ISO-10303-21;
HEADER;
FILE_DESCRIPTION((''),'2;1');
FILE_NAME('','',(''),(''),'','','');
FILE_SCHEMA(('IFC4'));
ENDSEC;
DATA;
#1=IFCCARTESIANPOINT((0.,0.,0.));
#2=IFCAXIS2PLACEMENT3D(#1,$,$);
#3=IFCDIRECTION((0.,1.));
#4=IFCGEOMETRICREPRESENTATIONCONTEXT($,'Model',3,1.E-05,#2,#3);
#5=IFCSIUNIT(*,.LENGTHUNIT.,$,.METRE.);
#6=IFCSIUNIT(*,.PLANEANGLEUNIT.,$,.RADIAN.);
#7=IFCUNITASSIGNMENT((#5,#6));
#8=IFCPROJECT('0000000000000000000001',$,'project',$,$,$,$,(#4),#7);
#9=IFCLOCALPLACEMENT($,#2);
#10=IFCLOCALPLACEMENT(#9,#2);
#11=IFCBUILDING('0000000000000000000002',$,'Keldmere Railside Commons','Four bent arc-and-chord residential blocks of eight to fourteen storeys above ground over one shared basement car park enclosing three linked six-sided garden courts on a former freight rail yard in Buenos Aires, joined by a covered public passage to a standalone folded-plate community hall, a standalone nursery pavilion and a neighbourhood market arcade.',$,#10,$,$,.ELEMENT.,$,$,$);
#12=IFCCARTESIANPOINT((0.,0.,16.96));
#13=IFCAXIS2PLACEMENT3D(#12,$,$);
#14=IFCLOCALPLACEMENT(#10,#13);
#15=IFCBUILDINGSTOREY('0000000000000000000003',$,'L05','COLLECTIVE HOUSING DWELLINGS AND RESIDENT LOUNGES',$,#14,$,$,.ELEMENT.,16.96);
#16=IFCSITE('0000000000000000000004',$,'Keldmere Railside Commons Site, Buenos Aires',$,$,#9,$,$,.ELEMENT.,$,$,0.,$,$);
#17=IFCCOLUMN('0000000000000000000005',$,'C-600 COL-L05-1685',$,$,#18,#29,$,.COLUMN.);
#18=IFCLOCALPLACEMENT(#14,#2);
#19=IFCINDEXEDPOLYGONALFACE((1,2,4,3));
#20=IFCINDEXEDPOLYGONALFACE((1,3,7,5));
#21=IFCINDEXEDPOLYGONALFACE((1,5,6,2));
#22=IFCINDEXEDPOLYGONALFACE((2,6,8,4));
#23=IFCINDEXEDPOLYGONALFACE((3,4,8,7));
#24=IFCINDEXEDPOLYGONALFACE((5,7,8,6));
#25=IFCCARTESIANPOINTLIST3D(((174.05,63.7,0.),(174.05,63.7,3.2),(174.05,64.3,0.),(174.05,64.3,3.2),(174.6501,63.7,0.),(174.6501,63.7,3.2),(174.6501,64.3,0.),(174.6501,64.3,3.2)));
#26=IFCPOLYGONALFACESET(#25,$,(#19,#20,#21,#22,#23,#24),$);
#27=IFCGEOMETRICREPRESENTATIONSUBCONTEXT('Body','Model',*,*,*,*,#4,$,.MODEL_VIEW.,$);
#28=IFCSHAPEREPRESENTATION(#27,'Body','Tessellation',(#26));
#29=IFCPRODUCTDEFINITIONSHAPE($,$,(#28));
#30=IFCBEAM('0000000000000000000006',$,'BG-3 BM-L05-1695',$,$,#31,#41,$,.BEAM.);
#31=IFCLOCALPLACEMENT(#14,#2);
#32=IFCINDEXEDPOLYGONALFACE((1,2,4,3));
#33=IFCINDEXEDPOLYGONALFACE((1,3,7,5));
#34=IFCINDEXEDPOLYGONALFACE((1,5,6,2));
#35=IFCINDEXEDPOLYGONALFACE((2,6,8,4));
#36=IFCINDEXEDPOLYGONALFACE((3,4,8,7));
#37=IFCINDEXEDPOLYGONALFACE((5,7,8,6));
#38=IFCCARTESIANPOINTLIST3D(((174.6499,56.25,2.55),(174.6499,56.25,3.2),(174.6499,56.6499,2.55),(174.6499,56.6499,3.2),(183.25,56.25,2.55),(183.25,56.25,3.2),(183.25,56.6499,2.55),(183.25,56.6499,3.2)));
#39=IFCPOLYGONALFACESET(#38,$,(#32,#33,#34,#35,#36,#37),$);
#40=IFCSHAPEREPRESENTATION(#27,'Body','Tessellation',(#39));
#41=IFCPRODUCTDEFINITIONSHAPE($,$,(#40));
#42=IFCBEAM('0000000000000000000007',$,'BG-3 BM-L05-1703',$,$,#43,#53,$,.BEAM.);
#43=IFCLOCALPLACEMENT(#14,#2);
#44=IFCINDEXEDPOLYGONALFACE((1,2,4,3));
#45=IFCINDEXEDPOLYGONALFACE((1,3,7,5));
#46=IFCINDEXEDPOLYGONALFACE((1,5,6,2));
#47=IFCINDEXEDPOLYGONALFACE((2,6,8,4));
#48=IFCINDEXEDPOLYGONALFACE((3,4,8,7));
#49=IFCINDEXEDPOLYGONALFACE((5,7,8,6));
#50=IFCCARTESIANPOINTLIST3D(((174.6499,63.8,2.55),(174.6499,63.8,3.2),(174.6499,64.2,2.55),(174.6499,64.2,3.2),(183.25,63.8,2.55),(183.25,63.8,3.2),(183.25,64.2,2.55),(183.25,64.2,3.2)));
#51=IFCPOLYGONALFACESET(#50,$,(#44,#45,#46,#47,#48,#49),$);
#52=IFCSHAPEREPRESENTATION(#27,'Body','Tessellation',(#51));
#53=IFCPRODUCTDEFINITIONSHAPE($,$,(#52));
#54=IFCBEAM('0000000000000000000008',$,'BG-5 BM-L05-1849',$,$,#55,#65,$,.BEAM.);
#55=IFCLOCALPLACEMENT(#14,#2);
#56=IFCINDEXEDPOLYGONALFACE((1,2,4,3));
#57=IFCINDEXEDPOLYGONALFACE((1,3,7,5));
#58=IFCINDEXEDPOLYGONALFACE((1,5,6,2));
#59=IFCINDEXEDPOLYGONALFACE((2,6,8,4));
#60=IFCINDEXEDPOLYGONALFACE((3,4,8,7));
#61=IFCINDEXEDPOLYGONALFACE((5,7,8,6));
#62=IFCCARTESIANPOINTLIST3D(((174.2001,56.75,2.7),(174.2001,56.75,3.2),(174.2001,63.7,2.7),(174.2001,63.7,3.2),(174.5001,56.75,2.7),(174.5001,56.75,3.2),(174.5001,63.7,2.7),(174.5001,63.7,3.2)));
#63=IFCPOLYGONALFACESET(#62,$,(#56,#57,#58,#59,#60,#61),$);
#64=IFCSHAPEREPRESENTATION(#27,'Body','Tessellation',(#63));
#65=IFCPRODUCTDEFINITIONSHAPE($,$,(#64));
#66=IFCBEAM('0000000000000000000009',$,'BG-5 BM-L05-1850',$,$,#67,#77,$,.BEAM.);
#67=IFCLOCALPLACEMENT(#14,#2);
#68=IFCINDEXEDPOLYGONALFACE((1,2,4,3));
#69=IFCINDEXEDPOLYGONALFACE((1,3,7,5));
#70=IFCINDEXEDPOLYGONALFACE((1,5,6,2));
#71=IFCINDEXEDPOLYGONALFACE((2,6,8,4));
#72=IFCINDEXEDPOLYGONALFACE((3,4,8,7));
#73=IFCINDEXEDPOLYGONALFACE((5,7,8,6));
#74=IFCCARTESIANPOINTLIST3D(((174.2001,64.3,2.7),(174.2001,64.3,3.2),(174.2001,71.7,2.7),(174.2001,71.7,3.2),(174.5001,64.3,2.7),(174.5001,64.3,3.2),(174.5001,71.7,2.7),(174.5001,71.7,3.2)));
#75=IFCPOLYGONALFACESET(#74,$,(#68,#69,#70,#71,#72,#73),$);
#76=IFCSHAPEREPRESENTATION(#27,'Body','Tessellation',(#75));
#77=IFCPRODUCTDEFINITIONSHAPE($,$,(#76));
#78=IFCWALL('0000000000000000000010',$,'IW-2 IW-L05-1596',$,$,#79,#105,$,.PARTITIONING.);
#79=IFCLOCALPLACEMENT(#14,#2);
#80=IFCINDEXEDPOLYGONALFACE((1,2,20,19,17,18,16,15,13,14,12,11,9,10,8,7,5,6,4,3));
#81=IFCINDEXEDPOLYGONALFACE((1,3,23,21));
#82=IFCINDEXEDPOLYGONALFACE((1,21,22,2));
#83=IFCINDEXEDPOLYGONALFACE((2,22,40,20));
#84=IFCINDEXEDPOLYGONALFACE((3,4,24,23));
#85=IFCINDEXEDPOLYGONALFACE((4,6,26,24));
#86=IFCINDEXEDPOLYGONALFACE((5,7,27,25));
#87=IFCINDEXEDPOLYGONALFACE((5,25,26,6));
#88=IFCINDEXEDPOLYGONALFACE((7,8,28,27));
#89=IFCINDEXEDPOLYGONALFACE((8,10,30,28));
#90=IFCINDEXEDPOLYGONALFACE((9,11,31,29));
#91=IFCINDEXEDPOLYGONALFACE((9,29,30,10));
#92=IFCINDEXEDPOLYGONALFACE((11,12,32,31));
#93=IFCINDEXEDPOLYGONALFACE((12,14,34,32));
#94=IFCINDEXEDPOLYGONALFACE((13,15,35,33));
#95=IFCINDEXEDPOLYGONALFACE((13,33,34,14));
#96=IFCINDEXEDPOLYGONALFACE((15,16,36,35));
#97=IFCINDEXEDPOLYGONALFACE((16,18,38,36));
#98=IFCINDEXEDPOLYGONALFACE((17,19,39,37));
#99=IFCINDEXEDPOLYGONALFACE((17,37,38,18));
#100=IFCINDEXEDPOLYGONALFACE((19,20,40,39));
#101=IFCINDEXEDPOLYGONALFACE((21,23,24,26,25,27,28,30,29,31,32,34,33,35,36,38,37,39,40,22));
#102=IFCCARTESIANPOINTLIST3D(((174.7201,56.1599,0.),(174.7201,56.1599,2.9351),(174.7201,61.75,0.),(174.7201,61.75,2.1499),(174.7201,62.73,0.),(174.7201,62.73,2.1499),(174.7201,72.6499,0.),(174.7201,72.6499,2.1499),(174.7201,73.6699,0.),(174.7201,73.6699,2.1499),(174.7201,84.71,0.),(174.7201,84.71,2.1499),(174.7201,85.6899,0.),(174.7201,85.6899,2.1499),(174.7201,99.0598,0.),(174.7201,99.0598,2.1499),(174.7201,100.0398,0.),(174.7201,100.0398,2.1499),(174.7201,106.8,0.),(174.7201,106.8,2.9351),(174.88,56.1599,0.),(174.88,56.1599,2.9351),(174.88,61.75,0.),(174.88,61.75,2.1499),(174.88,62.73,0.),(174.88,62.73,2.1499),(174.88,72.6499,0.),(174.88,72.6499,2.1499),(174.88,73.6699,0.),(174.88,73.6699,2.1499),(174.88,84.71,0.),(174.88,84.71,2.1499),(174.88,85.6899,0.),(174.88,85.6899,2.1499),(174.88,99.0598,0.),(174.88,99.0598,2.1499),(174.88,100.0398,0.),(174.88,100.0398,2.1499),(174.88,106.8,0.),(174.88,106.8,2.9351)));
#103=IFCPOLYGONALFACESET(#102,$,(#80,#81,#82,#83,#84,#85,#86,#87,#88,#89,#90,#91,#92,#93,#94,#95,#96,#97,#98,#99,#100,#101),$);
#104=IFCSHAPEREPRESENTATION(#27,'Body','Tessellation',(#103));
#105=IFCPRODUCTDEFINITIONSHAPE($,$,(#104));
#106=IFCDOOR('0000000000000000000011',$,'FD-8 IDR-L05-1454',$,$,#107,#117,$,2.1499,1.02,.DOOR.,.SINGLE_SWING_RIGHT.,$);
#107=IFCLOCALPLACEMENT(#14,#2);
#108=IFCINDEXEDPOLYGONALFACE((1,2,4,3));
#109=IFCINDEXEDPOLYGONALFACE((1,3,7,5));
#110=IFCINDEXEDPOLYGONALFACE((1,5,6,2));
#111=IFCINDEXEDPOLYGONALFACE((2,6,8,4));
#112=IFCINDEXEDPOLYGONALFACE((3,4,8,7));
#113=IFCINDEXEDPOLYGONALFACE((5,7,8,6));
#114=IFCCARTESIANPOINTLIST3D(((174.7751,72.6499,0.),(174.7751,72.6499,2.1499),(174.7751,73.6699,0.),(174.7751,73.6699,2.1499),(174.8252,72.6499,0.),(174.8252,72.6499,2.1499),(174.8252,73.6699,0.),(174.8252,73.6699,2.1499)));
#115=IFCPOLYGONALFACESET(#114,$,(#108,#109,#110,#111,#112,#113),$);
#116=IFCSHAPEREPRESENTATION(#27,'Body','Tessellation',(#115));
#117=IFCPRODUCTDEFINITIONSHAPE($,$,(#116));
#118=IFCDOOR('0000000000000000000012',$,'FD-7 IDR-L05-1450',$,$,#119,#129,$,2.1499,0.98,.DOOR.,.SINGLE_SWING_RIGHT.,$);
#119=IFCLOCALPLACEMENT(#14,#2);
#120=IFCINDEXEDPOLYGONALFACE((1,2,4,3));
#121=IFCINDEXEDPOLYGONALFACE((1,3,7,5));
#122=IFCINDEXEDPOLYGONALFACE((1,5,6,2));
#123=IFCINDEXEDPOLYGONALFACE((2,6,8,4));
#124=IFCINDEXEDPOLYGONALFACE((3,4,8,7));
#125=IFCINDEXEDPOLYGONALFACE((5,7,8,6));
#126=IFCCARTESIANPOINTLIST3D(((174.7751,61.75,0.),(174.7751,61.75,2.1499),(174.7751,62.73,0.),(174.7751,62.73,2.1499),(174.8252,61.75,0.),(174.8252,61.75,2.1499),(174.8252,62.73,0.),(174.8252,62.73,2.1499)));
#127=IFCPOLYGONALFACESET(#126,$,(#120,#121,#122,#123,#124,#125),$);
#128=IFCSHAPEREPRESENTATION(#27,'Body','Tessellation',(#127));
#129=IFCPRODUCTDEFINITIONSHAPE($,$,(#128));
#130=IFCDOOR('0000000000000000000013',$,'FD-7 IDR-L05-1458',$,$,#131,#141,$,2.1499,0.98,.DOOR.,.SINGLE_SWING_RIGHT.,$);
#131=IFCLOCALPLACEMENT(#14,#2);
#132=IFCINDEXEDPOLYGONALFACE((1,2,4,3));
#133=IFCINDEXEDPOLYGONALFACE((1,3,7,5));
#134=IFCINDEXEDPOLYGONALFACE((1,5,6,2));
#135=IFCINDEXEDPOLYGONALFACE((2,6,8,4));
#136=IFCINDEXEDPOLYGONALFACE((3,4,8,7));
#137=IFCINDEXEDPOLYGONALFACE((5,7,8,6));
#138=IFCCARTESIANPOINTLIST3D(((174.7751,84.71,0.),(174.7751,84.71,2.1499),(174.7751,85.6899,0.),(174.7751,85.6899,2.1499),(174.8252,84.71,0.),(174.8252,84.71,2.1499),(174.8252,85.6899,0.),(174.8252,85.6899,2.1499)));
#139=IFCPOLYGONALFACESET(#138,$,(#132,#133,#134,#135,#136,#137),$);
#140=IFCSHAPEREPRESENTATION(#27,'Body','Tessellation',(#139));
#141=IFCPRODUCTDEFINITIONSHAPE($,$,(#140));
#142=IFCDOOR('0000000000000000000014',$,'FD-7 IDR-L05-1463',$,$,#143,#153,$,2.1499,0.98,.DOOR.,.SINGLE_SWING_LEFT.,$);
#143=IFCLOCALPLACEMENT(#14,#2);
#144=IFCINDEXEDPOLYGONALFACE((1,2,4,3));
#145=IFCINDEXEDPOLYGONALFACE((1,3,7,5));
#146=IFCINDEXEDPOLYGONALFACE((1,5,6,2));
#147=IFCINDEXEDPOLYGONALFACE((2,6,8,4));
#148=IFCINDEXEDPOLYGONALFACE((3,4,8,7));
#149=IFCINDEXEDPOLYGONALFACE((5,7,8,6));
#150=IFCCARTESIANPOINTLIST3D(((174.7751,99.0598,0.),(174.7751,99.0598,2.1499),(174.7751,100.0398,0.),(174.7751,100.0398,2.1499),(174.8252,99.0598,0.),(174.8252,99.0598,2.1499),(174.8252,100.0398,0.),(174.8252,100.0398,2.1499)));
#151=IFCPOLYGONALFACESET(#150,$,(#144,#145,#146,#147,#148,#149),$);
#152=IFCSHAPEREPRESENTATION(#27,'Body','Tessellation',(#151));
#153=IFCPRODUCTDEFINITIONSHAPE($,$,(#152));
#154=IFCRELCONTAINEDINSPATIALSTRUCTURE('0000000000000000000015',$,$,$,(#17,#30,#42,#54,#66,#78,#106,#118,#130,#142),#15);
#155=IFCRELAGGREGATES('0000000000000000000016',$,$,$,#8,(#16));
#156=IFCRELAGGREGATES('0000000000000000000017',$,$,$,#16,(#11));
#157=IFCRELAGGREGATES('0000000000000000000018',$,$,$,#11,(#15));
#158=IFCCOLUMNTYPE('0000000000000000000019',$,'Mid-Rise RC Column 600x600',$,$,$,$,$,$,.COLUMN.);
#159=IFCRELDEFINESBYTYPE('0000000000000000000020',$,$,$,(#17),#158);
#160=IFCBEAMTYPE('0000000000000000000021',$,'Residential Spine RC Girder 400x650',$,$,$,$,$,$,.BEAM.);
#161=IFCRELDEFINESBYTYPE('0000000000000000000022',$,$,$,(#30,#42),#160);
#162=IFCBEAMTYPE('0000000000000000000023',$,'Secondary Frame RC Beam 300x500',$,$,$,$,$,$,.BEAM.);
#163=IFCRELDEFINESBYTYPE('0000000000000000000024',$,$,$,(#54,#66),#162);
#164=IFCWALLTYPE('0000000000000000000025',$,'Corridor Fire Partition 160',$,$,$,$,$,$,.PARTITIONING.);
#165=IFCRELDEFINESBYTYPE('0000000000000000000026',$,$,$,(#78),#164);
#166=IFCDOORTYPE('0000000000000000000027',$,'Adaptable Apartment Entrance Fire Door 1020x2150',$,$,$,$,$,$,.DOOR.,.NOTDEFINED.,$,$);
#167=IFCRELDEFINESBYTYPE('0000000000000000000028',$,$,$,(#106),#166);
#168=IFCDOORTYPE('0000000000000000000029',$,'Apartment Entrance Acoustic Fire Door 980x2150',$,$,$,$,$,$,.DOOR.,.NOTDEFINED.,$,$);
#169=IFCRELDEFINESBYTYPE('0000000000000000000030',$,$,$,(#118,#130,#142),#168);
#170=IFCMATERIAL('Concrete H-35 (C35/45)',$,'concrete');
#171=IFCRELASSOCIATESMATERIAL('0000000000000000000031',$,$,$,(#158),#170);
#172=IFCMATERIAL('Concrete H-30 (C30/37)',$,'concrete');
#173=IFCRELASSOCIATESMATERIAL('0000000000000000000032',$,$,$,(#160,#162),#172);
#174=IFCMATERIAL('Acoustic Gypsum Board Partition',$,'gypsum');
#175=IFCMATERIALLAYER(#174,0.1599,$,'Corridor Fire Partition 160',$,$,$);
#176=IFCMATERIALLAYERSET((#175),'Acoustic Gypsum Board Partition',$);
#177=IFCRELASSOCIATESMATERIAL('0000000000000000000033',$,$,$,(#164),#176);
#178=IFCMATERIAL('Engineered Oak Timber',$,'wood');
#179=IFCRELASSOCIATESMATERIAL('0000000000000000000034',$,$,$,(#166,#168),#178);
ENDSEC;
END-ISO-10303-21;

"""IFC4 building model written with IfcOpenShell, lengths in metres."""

from ifc_helpers import new_model, si_unit, direction, frame, frame_2d, origin, origin_2d, place, context, subcontext, project, spatial, rectangle, extrude, material, layer, layer_set, material_profile, profile_set, type_object, element, fill, save


model = new_model("IFC4")

# Units and contexts
model_context = context("Model", 3, precision=1e-05, world=origin(), true_north=direction((0.0, 1.0)))
body_context = subcontext(model_context, "Body", "Model", "MODEL_VIEW")
ifc_project = project(units=[si_unit("LENGTHUNIT", "METRE"), si_unit("PLANEANGLEUNIT", "RADIAN")], contexts=[model_context])

# Site, building, storey
site_placement = place(None, origin())
site = spatial("IfcSite", under=ifc_project, at=site_placement, Name="Keldmere Railside Commons Site, Buenos Aires", CompositionType="ELEMENT", RefElevation=0.0)
building_placement = place(site_placement, origin())
building = spatial("IfcBuilding", under=site, at=building_placement, Name="Keldmere Railside Commons", Description="Four bent arc-and-chord residential blocks of eight to fourteen storeys above ground over one shared basement car park enclosing three linked six-sided garden courts on a former freight rail yard in Buenos Aires, joined by a covered public passage to a standalone folded-plate community hall, a standalone nursery pavilion and a neighbourhood market arcade.", CompositionType="ELEMENT")
storey_placement = place(building_placement, frame((0.0, 0.0, 16.96)))
storey = spatial("IfcBuildingStorey", under=building, at=storey_placement, Name="L05", Description="COLLECTIVE HOUSING DWELLINGS AND RESIDENT LOUNGES", CompositionType="ELEMENT", Elevation=16.96)

# Column
ifc_material_1 = material(Name="Concrete H-35 (C35/45)", Category="concrete")
ifc_material_profile_1 = material_profile(ifc_material_1, rectangle(XDim=0.6001, YDim=0.6001, at=origin_2d()), Name="RC-600x600")
ifc_profile_set_1 = profile_set([ifc_material_profile_1], Name="Concrete H-35 (C35/45)")
column_type = type_object("IfcColumnType", Name="Mid-Rise RC Column 600x600", PredefinedType="COLUMN", material=ifc_profile_set_1)
column_placement = place(storey_placement, frame((174.3501, 64.0, 0.0), z_axis=(0.0, 0.0, 1.0), x_axis=(1.0, 0.0, 0.0)))
element("IfcColumn", 1, at=column_placement, inside=storey, type_object=column_type, Name="C-600 COL-L05-1685", PredefinedType="COLUMN", context=body_context, shape_type="SweptSolid", body=[
    extrude(rectangle(XDim=0.6001, YDim=0.6001, at=origin_2d()), origin(), (0.0, 0.0, 1.0), 3.2),
])

# Beams
ifc_material_2 = material(Name="Concrete H-30 (C30/37)", Category="concrete")
ifc_material_profile_2 = material_profile(ifc_material_2, rectangle(XDim=0.3999, YDim=0.6499, at=origin_2d()), Name="RC-400x650")
ifc_profile_set_2 = profile_set([ifc_material_profile_2], Name="Concrete H-30 (C30/37)")
beam_type_1 = type_object("IfcBeamType", Name="Residential Spine RC Girder 400x650", PredefinedType="BEAM", material=ifc_profile_set_2)
for number, where, z_axis, x_axis, name in (
    (2, (174.6499, 56.45, 2.875), (1.0, 0.0, 0.0), (0.0, 1.0, 0.0), "BG-3 BM-L05-1695"),
    (3, (174.6499, 64.0, 2.875), (1.0, 0.0, 0.0), (0.0, 1.0, 0.0), "BG-3 BM-L05-1703"),
):
    element("IfcBeam", number, at=place(storey_placement, frame(where, z_axis=z_axis, x_axis=x_axis)), inside=storey, type_object=beam_type_1, Name=name, PredefinedType="BEAM", context=body_context, shape_type="SweptSolid", body=[
        extrude(rectangle(XDim=0.3999, YDim=0.6499, at=origin_2d()), origin(), (0.0, 0.0, 1.0), 8.6001),
    ])
ifc_material_profile_3 = material_profile(ifc_material_2, rectangle(XDim=0.3, YDim=0.5, at=origin_2d()), Name="RC-300x500")
ifc_profile_set_3 = profile_set([ifc_material_profile_3], Name="Concrete H-30 (C30/37)")
beam_type_2 = type_object("IfcBeamType", Name="Secondary Frame RC Beam 300x500", PredefinedType="BEAM", material=ifc_profile_set_3)
beam_1_placement = place(storey_placement, frame((174.3501, 56.75, 2.95), z_axis=(0.0, 1.0, 0.0), x_axis=(-1.0, 0.0, 0.0)))
element("IfcBeam", 4, at=beam_1_placement, inside=storey, type_object=beam_type_2, Name="BG-5 BM-L05-1849", PredefinedType="BEAM", context=body_context, shape_type="SweptSolid", body=[
    extrude(rectangle(XDim=0.3, YDim=0.5, at=origin_2d()), origin(), (0.0, 0.0, 1.0), 6.95),
])
beam_2_placement = place(storey_placement, frame((174.3501, 64.3, 2.95), z_axis=(0.0, 1.0, 0.0), x_axis=(-1.0, 0.0, 0.0)))
element("IfcBeam", 5, at=beam_2_placement, inside=storey, type_object=beam_type_2, Name="BG-5 BM-L05-1850", PredefinedType="BEAM", context=body_context, shape_type="SweptSolid", body=[
    extrude(rectangle(XDim=0.3, YDim=0.5, at=origin_2d()), origin(), (0.0, 0.0, 1.0), 7.3999),
])

# Wall, openings, doors
ifc_material_3 = material(Name="Acoustic Gypsum Board Partition", Category="gypsum")
ifc_layer = layer(ifc_material_3, 0.1599, Name="Corridor Fire Partition 160")
ifc_layer_set = layer_set([ifc_layer], Name="Acoustic Gypsum Board Partition")
wall_type = type_object("IfcWallType", Name="Corridor Fire Partition 160", PredefinedType="PARTITIONING", material=ifc_layer_set)
wall_1_placement = place(storey_placement, frame((174.8, 56.1599, 0.0), z_axis=(0.0, 0.0, 1.0), x_axis=(0.0, 1.0, 0.0)))
wall_1 = element("IfcWall", 6, at=wall_1_placement, inside=storey, type_object=wall_type, Name="IW-2 IW-L05-1596", PredefinedType="PARTITIONING", context=body_context, shape_type="SweptSolid", body=[
    extrude(rectangle(XDim=50.6401, YDim=0.1599, at=frame_2d((25.3201, 0.0))), origin(), (0.0, 0.0, 1.0), 2.9351),
])
opening_1_placement = place(wall_1_placement, frame((5.5901, 0.0, 0.0)))
opening_1 = element("IfcOpeningElement", 7, at=opening_1_placement, cuts=wall_1, PredefinedType="OPENING", context=body_context, shape_type="SweptSolid", body=[
    extrude(rectangle(XDim=0.98, YDim=2.1499, at=frame_2d((0.49, 1.075))), frame((0.0, 0.0898, 0.0), z_axis=(0.0, -1.0, 0.0), x_axis=(1.0, 0.0, 0.0)), (0.0, 0.0, 1.0), 0.1799),
])
opening_2_placement = place(wall_1_placement, frame((16.49, 0.0, 0.0)))
opening_2 = element("IfcOpeningElement", 8, at=opening_2_placement, cuts=wall_1, PredefinedType="OPENING", context=body_context, shape_type="SweptSolid", body=[
    extrude(rectangle(XDim=1.02, YDim=2.1499, at=frame_2d((0.51, 1.075))), frame((0.0, 0.0898, 0.0), z_axis=(0.0, -1.0, 0.0), x_axis=(1.0, 0.0, 0.0)), (0.0, 0.0, 1.0), 0.1799),
])
opening_3_placement = place(wall_1_placement, frame((28.55, 0.0, 0.0)))
opening_3 = element("IfcOpeningElement", 9, at=opening_3_placement, cuts=wall_1, PredefinedType="OPENING", context=body_context, shape_type="SweptSolid", body=[
    extrude(rectangle(XDim=0.98, YDim=2.1499, at=frame_2d((0.49, 1.075))), frame((0.0, 0.0898, 0.0), z_axis=(0.0, -1.0, 0.0), x_axis=(1.0, 0.0, 0.0)), (0.0, 0.0, 1.0), 0.1799),
])
opening_4_placement = place(wall_1_placement, frame((42.8999, 0.0, 0.0)))
opening_4 = element("IfcOpeningElement", 10, at=opening_4_placement, cuts=wall_1, PredefinedType="OPENING", context=body_context, shape_type="SweptSolid", body=[
    extrude(rectangle(XDim=0.98, YDim=2.1499, at=frame_2d((0.49, 1.075))), frame((0.0, 0.0898, 0.0), z_axis=(0.0, -1.0, 0.0), x_axis=(1.0, 0.0, 0.0)), (0.0, 0.0, 1.0), 0.1799),
])
ifc_material_4 = material(Name="Engineered Oak Timber", Category="wood")
door_type_1 = type_object("IfcDoorType", Name="Adaptable Apartment Entrance Fire Door 1020x2150", OperationType="NOTDEFINED", PredefinedType="DOOR", material=ifc_material_4)
door_1_placement = place(opening_2_placement, origin())
door_1 = element("IfcDoor", 11, at=door_1_placement, inside=storey, type_object=door_type_1, Name="FD-8 IDR-L05-1454", OperationType="SINGLE_SWING_RIGHT", OverallHeight=2.1499, OverallWidth=1.02, PredefinedType="DOOR", context=body_context, shape_type="SweptSolid", body=[
    extrude(rectangle(XDim=1.02, YDim=2.1499, at=frame_2d((0.51, 1.075))), frame((0.0, 0.0249, 0.0), z_axis=(0.0, -1.0, 0.0), x_axis=(1.0, 0.0, 0.0)), (0.0, 0.0, 1.0), 0.05),
])
fill(opening_2, door_1)
door_type_2 = type_object("IfcDoorType", Name="Apartment Entrance Acoustic Fire Door 980x2150", OperationType="NOTDEFINED", PredefinedType="DOOR", material=ifc_material_4)
door_2_placement = place(opening_1_placement, origin())
door_2 = element("IfcDoor", 12, at=door_2_placement, inside=storey, type_object=door_type_2, Name="FD-7 IDR-L05-1450", OperationType="SINGLE_SWING_RIGHT", OverallHeight=2.1499, OverallWidth=0.98, PredefinedType="DOOR", context=body_context, shape_type="SweptSolid", body=[
    extrude(rectangle(XDim=0.98, YDim=2.1499, at=frame_2d((0.49, 1.075))), frame((0.0, 0.0249, 0.0), z_axis=(0.0, -1.0, 0.0), x_axis=(1.0, 0.0, 0.0)), (0.0, 0.0, 1.0), 0.05),
])
fill(opening_1, door_2)
door_3_placement = place(opening_3_placement, origin())
door_3 = element("IfcDoor", 13, at=door_3_placement, inside=storey, type_object=door_type_2, Name="FD-7 IDR-L05-1458", OperationType="SINGLE_SWING_RIGHT", OverallHeight=2.1499, OverallWidth=0.98, PredefinedType="DOOR", context=body_context, shape_type="SweptSolid", body=[
    extrude(rectangle(XDim=0.98, YDim=2.1499, at=frame_2d((0.49, 1.075))), frame((0.0, 0.0249, 0.0), z_axis=(0.0, -1.0, 0.0), x_axis=(1.0, 0.0, 0.0)), (0.0, 0.0, 1.0), 0.05),
])
fill(opening_3, door_3)
door_4_placement = place(opening_4_placement, origin())
door_4 = element("IfcDoor", 14, at=door_4_placement, inside=storey, type_object=door_type_2, Name="FD-7 IDR-L05-1463", OperationType="SINGLE_SWING_LEFT", OverallHeight=2.1499, OverallWidth=0.98, PredefinedType="DOOR", context=body_context, shape_type="SweptSolid", body=[
    extrude(rectangle(XDim=0.98, YDim=2.1499, at=frame_2d((0.49, 1.075))), frame((0.0, 0.0249, 0.0), z_axis=(0.0, -1.0, 0.0), x_axis=(1.0, 0.0, 0.0)), (0.0, 0.0, 1.0), 0.05),
])
fill(opening_4, door_4)

save(model, "model.ifc")
